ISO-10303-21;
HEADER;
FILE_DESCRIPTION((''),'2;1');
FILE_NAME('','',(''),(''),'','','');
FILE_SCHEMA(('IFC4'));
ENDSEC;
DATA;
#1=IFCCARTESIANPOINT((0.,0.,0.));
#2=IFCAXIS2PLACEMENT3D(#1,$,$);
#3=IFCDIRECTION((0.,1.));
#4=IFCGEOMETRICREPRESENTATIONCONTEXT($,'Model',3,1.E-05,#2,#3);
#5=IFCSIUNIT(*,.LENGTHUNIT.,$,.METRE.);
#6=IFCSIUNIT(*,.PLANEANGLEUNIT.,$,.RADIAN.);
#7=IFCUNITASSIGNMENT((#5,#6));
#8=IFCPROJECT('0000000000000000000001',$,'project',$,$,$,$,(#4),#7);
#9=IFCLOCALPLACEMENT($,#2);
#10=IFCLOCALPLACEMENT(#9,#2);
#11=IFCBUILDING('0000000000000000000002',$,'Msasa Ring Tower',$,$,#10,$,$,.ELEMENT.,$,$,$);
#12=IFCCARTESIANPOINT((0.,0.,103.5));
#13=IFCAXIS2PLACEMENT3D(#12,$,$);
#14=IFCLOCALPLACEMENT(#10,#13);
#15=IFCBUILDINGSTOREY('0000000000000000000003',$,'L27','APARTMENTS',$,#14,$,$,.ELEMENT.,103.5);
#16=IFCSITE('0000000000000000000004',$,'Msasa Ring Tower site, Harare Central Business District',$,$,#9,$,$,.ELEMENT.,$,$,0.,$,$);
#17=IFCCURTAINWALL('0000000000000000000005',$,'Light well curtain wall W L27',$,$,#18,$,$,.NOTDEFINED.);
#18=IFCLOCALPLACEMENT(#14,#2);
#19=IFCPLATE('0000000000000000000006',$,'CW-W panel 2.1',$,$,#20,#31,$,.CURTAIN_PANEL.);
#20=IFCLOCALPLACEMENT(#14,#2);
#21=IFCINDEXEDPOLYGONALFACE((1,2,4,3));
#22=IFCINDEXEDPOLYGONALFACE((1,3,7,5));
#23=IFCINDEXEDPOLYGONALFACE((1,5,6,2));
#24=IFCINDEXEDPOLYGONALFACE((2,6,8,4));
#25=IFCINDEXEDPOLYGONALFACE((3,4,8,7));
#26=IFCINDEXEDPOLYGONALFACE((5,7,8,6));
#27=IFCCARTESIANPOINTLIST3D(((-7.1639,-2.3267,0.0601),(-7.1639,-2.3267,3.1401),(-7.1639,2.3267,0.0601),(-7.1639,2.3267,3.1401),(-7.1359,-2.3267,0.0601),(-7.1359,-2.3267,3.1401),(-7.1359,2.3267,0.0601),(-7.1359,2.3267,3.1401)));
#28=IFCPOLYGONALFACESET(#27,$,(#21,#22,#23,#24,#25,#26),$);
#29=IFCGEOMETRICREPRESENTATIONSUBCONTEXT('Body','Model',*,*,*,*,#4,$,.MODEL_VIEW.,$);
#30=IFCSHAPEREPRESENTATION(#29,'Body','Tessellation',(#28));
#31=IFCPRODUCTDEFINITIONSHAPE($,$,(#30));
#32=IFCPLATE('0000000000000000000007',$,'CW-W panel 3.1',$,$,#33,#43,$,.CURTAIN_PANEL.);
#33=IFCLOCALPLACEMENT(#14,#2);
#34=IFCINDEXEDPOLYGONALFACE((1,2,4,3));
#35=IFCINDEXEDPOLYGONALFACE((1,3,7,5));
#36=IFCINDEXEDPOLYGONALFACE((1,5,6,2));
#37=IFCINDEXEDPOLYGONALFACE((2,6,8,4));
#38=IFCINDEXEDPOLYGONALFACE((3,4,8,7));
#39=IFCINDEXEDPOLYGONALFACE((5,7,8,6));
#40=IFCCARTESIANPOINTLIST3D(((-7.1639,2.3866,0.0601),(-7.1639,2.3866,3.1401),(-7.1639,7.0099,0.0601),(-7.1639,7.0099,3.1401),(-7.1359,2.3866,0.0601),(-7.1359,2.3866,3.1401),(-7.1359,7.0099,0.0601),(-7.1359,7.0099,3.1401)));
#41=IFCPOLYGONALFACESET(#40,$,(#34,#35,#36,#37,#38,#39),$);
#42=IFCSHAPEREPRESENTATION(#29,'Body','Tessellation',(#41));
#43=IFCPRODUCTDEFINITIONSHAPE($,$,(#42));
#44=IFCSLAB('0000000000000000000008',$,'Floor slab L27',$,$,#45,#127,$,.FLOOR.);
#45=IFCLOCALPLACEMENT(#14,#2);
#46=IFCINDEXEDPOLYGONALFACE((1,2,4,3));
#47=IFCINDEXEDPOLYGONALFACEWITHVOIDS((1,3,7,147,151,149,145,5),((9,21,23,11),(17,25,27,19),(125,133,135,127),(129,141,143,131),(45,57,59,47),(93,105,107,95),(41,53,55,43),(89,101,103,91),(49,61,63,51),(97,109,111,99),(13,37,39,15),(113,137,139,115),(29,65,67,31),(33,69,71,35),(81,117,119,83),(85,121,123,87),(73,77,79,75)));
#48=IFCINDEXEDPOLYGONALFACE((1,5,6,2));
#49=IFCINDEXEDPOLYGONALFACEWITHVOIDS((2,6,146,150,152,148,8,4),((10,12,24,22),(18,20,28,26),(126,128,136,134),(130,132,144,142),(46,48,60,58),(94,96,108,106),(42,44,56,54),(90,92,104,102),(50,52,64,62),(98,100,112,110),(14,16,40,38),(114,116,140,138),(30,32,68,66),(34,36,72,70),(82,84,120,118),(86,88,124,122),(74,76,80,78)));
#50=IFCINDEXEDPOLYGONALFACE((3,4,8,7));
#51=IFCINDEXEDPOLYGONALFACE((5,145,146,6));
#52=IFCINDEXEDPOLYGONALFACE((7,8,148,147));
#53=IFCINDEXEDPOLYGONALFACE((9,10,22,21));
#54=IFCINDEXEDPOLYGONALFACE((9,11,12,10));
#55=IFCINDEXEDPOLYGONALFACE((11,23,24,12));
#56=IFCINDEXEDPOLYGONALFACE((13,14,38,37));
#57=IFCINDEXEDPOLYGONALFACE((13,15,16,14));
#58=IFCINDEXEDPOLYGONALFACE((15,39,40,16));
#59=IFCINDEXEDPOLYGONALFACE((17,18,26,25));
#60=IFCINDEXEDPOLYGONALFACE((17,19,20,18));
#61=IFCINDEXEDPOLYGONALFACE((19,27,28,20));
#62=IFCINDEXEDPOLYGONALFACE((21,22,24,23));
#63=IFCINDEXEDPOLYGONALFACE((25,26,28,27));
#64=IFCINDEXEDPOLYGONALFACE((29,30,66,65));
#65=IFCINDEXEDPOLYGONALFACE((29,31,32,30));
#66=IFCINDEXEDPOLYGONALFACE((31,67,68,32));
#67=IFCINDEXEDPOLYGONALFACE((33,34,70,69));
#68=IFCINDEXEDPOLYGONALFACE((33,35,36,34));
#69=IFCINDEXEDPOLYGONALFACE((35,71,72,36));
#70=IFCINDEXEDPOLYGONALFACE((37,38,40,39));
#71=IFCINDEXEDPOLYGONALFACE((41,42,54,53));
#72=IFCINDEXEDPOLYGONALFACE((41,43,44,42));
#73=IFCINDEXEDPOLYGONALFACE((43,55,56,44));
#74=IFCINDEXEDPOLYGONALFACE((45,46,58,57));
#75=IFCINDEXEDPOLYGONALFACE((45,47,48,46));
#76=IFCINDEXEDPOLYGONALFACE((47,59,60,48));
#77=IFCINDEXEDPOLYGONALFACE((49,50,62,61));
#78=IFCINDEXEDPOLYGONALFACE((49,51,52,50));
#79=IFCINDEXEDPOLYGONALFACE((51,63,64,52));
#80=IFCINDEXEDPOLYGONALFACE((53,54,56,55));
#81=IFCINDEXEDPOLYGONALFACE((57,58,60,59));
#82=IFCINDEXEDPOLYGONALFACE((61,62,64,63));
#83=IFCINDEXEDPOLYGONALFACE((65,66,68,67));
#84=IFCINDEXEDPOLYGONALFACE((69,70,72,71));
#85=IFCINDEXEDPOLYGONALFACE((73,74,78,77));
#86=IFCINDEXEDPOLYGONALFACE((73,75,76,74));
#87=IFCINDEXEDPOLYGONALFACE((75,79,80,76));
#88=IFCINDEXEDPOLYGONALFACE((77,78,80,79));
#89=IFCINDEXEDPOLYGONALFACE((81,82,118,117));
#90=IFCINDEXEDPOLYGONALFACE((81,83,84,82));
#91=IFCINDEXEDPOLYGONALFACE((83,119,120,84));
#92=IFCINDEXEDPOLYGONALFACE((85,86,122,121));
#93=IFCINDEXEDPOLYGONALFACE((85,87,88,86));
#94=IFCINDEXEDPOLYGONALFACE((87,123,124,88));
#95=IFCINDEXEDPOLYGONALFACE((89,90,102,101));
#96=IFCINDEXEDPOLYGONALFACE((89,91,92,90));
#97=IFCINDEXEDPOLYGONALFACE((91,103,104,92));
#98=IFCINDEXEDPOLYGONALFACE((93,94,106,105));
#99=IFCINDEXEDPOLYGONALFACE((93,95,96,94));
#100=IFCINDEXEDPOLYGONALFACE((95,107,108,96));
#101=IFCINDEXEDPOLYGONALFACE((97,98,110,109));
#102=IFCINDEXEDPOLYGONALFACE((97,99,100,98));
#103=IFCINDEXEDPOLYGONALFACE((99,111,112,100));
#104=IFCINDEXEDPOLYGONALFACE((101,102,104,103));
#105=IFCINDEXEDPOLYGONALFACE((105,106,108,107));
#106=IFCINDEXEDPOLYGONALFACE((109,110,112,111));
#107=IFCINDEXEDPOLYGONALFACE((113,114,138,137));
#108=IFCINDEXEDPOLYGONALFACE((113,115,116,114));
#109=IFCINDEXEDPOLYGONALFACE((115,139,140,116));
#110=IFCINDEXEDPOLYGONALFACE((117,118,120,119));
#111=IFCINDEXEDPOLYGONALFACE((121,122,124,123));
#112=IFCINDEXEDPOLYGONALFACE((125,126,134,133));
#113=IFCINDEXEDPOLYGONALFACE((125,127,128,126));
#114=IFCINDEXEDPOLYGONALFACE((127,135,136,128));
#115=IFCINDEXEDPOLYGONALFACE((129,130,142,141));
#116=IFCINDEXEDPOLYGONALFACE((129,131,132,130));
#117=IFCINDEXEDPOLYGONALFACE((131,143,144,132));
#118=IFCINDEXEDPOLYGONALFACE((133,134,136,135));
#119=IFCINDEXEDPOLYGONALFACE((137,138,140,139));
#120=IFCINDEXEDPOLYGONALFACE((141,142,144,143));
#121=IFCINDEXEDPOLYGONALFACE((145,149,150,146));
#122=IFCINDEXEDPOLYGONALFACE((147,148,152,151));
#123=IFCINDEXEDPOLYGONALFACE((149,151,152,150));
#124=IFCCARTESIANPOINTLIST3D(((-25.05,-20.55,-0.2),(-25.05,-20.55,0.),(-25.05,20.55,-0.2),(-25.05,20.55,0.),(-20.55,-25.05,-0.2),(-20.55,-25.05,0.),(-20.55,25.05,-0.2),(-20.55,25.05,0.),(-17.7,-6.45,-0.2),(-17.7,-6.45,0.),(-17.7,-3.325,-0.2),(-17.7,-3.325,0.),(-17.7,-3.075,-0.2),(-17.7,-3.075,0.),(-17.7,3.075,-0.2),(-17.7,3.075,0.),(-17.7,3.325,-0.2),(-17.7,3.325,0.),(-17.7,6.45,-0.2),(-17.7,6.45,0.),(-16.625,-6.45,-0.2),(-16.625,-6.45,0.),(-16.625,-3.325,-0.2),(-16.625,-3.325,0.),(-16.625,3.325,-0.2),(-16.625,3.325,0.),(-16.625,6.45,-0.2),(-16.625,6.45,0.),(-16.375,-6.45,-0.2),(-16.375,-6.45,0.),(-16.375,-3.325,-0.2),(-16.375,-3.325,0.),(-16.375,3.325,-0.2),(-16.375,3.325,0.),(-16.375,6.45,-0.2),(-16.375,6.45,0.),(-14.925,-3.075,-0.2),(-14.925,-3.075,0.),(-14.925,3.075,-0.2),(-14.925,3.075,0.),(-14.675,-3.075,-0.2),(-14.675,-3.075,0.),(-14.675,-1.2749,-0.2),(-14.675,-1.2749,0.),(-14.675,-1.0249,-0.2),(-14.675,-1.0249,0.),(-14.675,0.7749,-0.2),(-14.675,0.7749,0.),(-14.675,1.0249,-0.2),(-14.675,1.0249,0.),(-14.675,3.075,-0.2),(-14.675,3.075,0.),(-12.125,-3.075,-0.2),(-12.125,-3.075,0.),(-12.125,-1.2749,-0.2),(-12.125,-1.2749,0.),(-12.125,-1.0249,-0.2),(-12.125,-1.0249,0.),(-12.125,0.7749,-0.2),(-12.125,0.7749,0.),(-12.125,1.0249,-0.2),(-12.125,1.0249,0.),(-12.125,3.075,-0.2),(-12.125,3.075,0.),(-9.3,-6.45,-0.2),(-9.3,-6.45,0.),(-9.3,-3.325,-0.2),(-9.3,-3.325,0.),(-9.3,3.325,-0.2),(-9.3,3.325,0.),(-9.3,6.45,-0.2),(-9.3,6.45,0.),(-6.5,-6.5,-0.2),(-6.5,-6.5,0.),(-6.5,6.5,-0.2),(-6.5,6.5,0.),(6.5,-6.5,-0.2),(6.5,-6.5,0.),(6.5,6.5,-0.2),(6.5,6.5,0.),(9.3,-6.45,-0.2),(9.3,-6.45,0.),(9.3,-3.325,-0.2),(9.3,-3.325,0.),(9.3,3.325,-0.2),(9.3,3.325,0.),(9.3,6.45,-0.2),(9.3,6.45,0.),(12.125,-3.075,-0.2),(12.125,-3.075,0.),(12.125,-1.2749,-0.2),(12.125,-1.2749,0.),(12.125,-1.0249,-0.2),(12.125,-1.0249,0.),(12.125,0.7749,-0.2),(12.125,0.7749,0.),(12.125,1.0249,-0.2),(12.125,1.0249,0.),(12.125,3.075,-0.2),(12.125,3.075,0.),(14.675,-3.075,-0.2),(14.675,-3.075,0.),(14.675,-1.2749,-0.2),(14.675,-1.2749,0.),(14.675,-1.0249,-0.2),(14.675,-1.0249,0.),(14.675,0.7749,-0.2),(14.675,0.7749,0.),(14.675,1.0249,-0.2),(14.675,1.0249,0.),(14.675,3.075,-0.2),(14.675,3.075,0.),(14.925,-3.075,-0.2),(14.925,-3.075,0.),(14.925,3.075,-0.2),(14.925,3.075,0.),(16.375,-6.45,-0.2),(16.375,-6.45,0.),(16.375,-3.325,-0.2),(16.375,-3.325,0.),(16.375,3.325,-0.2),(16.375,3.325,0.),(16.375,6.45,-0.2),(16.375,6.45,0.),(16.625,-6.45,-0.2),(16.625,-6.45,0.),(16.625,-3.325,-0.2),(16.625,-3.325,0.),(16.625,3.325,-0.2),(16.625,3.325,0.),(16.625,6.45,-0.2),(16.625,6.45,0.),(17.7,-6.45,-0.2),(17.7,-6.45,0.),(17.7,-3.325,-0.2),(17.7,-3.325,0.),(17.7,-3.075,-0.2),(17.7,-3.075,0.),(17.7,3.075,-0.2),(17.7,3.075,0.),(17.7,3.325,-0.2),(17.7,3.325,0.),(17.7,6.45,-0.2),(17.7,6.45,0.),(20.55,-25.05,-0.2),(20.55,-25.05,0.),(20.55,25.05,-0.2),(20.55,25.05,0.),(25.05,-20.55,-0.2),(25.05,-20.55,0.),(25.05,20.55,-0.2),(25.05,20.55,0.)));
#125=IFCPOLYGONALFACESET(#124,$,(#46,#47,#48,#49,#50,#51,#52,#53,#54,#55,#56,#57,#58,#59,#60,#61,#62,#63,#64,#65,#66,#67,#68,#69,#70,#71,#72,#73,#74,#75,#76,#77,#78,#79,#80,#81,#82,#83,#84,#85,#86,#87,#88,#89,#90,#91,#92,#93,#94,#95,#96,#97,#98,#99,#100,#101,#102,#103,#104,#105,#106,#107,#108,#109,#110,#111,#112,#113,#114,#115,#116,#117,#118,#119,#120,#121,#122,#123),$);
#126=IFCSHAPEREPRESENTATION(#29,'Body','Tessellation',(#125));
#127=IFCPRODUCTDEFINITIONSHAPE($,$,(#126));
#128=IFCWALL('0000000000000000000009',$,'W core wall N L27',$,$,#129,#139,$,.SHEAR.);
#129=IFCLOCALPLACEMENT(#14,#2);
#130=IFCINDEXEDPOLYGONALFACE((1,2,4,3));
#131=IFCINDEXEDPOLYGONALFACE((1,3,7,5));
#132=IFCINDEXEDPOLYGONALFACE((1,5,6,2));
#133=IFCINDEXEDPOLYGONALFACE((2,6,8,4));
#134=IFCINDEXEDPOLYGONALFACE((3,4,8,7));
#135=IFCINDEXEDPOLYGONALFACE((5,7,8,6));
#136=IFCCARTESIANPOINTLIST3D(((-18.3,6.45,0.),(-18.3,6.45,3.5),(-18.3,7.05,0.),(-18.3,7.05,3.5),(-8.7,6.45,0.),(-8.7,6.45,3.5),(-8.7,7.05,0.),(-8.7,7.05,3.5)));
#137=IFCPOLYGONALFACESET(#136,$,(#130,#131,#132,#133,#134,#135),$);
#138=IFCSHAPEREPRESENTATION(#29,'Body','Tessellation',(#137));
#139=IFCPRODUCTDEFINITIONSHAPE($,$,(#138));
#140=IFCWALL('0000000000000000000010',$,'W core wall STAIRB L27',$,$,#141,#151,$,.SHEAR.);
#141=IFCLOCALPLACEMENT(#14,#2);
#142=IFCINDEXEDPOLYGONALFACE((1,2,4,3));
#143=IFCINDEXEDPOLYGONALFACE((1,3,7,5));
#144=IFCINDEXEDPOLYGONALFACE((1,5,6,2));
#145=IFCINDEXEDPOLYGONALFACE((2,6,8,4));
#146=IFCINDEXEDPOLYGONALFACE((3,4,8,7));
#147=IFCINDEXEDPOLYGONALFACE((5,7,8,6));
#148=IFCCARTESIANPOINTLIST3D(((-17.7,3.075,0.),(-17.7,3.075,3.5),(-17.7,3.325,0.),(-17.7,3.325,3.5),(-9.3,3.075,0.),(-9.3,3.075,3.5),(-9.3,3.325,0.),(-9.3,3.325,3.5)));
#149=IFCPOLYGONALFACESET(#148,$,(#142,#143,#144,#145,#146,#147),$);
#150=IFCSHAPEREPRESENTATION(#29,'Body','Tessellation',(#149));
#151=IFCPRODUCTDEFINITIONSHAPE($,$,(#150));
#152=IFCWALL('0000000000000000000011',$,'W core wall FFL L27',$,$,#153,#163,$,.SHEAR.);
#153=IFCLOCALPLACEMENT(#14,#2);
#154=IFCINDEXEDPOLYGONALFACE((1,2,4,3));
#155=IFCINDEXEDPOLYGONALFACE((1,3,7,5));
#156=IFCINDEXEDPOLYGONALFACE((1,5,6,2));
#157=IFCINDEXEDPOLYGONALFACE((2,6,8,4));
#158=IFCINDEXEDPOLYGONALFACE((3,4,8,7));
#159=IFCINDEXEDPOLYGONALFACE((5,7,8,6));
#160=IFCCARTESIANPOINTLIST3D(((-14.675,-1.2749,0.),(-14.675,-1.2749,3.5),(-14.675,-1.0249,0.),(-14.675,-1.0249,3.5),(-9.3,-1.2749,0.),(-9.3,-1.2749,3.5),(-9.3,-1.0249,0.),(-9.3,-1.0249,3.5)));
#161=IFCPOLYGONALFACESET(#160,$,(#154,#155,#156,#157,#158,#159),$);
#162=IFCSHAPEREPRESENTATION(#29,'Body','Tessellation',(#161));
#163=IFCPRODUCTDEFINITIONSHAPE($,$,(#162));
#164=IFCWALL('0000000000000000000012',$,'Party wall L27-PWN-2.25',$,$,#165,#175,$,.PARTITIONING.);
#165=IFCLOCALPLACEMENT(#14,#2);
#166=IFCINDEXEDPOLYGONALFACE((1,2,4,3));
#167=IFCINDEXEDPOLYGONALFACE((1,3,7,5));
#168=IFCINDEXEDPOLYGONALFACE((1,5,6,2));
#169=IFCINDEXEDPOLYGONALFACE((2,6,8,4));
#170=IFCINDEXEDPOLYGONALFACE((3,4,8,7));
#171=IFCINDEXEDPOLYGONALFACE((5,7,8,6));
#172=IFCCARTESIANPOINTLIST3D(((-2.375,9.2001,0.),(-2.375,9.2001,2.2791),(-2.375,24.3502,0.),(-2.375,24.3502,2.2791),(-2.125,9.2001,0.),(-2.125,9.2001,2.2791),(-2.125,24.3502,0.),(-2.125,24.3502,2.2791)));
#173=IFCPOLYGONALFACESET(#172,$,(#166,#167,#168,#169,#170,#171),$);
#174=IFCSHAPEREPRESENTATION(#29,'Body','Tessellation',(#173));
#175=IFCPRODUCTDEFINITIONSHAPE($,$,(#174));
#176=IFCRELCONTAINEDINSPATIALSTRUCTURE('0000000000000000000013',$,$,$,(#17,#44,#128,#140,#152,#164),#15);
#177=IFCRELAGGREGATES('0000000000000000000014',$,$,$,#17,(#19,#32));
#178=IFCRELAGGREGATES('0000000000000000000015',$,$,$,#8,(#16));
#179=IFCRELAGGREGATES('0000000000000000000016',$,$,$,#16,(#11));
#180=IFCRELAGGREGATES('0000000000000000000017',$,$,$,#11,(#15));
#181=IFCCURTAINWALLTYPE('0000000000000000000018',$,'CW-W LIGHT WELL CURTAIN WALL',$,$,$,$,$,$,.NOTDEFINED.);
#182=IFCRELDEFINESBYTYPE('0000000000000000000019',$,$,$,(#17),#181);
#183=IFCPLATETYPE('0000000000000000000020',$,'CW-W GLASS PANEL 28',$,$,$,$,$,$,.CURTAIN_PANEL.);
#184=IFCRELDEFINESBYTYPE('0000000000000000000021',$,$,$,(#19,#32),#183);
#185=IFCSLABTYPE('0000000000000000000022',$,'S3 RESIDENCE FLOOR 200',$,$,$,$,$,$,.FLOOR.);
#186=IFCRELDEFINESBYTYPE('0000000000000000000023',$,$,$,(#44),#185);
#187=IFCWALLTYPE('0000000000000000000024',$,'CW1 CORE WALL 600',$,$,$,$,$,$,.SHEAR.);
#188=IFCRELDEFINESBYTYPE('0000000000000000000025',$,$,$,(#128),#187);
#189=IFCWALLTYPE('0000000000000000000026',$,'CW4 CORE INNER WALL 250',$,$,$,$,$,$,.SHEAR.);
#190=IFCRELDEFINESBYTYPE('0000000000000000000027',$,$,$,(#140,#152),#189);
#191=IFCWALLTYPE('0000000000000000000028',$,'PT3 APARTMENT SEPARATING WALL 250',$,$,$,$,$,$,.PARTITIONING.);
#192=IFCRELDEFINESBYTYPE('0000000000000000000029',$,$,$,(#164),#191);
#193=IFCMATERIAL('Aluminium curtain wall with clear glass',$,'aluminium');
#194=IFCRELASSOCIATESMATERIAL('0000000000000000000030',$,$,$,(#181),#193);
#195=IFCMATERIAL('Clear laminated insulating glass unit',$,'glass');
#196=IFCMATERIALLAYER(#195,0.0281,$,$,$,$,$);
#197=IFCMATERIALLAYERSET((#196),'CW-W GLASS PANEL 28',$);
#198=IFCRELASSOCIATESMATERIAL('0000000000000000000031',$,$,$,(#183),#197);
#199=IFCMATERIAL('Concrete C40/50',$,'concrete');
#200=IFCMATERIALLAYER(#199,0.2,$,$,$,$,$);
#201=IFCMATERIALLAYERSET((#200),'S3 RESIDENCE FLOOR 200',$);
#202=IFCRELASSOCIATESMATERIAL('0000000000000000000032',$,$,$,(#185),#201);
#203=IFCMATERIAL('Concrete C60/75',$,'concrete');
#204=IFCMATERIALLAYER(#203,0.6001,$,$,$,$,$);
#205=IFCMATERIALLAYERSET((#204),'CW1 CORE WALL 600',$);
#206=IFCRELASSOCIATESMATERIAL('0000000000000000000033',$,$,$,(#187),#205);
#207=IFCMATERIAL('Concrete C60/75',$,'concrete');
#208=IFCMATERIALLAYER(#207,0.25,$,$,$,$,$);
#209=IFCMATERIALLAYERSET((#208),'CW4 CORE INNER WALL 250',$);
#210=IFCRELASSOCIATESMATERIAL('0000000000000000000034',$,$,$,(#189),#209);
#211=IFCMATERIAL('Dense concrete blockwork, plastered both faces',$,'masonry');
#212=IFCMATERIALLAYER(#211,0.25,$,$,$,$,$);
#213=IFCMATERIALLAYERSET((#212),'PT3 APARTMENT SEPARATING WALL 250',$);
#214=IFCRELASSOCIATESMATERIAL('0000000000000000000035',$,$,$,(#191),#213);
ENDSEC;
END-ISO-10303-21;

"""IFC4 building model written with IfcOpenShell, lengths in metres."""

from ifc_helpers import new_model, si_unit, direction, frame, frame_2d, origin, origin_2d, place, context, subcontext, project, spatial, polyline, rectangle, outline, extrude, material, layer, layer_set, type_object, element, aggregate, save


model = new_model("IFC4")

# Units and contexts
model_context = context("Model", 3, precision=1e-05, world=origin(), true_north=direction((0.0, 1.0)))
body_context = subcontext(model_context, "Body", "Model", "MODEL_VIEW")
ifc_project = project(units=[si_unit("LENGTHUNIT", "METRE"), si_unit("PLANEANGLEUNIT", "RADIAN")], contexts=[model_context])

# Site, building, storey
site_placement = place(None, origin())
site = spatial("IfcSite", under=ifc_project, at=site_placement, Name="Msasa Ring Tower site, Harare Central Business District", CompositionType="ELEMENT", RefElevation=0.0)
building_placement = place(site_placement, origin())
building = spatial("IfcBuilding", under=site, at=building_placement, Name="Msasa Ring Tower", CompositionType="ELEMENT")
storey_placement = place(building_placement, frame((0.0, 0.0, 103.5)))
storey = spatial("IfcBuildingStorey", under=building, at=storey_placement, Name="L27", Description="APARTMENTS", CompositionType="ELEMENT", Elevation=103.5)

# Curtain wall
ifc_material_1 = material(Name="Aluminium curtain wall with clear glass", Category="aluminium")
curtain_wall_type = type_object("IfcCurtainWallType", Name="CW-W LIGHT WELL CURTAIN WALL", PredefinedType="NOTDEFINED", material=ifc_material_1)
curtain_wall_1_placement = place(storey_placement, origin())
curtain_wall_1 = element("IfcCurtainWall", 1, at=curtain_wall_1_placement, inside=storey, type_object=curtain_wall_type, Name="Light well curtain wall W L27", PredefinedType="NOTDEFINED")

# Plates
ifc_material_2 = material(Name="Clear laminated insulating glass unit", Category="glass")
ifc_layer_1 = layer(ifc_material_2, 0.0281)
ifc_layer_set_1 = layer_set([ifc_layer_1], Name="CW-W GLASS PANEL 28")
plate_type = type_object("IfcPlateType", Name="CW-W GLASS PANEL 28", PredefinedType="CURTAIN_PANEL", material=ifc_layer_set_1)
plate_1_placement = place(storey_placement, frame((-7.1499, 0.0, 0.0601), z_axis=(0.0, 0.0, 1.0), x_axis=(0.0, 1.0, 0.0)))
plate_1 = element("IfcPlate", 2, at=plate_1_placement, type_object=plate_type, Name="CW-W panel 2.1", PredefinedType="CURTAIN_PANEL", context=body_context, shape_type="SweptSolid", body=[
    extrude(rectangle(XDim=4.6533, YDim=0.0281, at=origin_2d()), origin(), (0.0, 0.0, 1.0), 3.0801),
])
plate_2_placement = place(storey_placement, frame((-7.1499, 4.6982, 0.0601), z_axis=(0.0, 0.0, 1.0), x_axis=(0.0, 1.0, 0.0)))
plate_2 = element("IfcPlate", 3, at=plate_2_placement, type_object=plate_type, Name="CW-W panel 3.1", PredefinedType="CURTAIN_PANEL", context=body_context, shape_type="SweptSolid", body=[
    extrude(rectangle(XDim=4.6233, YDim=0.0281, at=origin_2d()), origin(), (0.0, 0.0, 1.0), 3.0801),
])
aggregate(curtain_wall_1, [plate_1, plate_2])

# Slab
ifc_material_3 = material(Name="Concrete C40/50", Category="concrete")
ifc_layer_2 = layer(ifc_material_3, 0.2)
ifc_layer_set_2 = layer_set([ifc_layer_2], Name="S3 RESIDENCE FLOOR 200")
slab_type = type_object("IfcSlabType", Name="S3 RESIDENCE FLOOR 200", PredefinedType="FLOOR", material=ifc_layer_set_2)
slab_placement = place(storey_placement, frame((0.0, 0.0, -0.2)))
element("IfcSlab", 4, at=slab_placement, inside=storey, type_object=slab_type, Name="Floor slab L27", PredefinedType="FLOOR", context=body_context, shape_type="SweptSolid", body=[
    extrude(outline(polyline([(-20.55, -25.05), (20.55, -25.05), (25.05, -20.55), (25.05, 20.55), (20.55, 25.05), (-20.55, 25.05), (-25.05, 20.55), (-25.05, -20.55), (-20.55, -25.05)]), holes=[polyline([(-6.5, -6.5), (6.5, -6.5), (6.5, 6.5), (-6.5, 6.5), (-6.5, -6.5)]), polyline([(9.3, -6.45), (16.375, -6.45), (16.375, -3.325), (9.3, -3.325), (9.3, -6.45)]), polyline([(9.3, 3.325), (16.375, 3.325), (16.375, 6.45), (9.3, 6.45), (9.3, 3.325)]), polyline([(12.125, -3.075), (14.675, -3.075), (14.675, -1.2749), (12.125, -1.2749), (12.125, -3.075)]), polyline([(12.125, -1.0249), (14.675, -1.0249), (14.675, 0.7749), (12.125, 0.7749), (12.125, -1.0249)]), polyline([(12.125, 1.0249), (14.675, 1.0249), (14.675, 3.075), (12.125, 3.075), (12.125, 1.0249)]), polyline([(16.625, -6.45), (17.7, -6.45), (17.7, -3.325), (16.625, -3.325), (16.625, -6.45)]), polyline([(16.625, 3.325), (17.7, 3.325), (17.7, 6.45), (16.625, 6.45), (16.625, 3.325)]), polyline([(14.925, -3.075), (17.7, -3.075), (17.7, 3.075), (14.925, 3.075), (14.925, -3.075)]), polyline([(-16.375, -6.45), (-9.3, -6.45), (-9.3, -3.325), (-16.375, -3.325), (-16.375, -6.45)]), polyline([(-16.375, 3.325), (-9.3, 3.325), (-9.3, 6.45), (-16.375, 6.45), (-16.375, 3.325)]), polyline([(-14.675, -3.075), (-12.125, -3.075), (-12.125, -1.2749), (-14.675, -1.2749), (-14.675, -3.075)]), polyline([(-14.675, -1.0249), (-12.125, -1.0249), (-12.125, 0.7749), (-14.675, 0.7749), (-14.675, -1.0249)]), polyline([(-14.675, 1.0249), (-12.125, 1.0249), (-12.125, 3.075), (-14.675, 3.075), (-14.675, 1.0249)]), polyline([(-17.7, -6.45), (-16.625, -6.45), (-16.625, -3.325), (-17.7, -3.325), (-17.7, -6.45)]), polyline([(-17.7, 3.325), (-16.625, 3.325), (-16.625, 6.45), (-17.7, 6.45), (-17.7, 3.325)]), polyline([(-17.7, -3.075), (-14.925, -3.075), (-14.925, 3.075), (-17.7, 3.075), (-17.7, -3.075)])]), origin(), (0.0, 0.0, 1.0), 0.2),
])

# Walls
ifc_material_4 = material(Name="Concrete C60/75", Category="concrete")
ifc_layer_3 = layer(ifc_material_4, 0.6001)
ifc_layer_set_3 = layer_set([ifc_layer_3], Name="CW1 CORE WALL 600")
wall_type_1 = type_object("IfcWallType", Name="CW1 CORE WALL 600", PredefinedType="SHEAR", material=ifc_layer_set_3)
wall_1_placement = place(storey_placement, frame((-8.7, 6.75, 0.0), z_axis=(0.0, 0.0, 1.0), x_axis=(-1.0, 0.0, 0.0)))
element("IfcWall", 5, at=wall_1_placement, inside=storey, type_object=wall_type_1, Name="W core wall N L27", PredefinedType="SHEAR", context=body_context, shape_type="SweptSolid", body=[
    extrude(rectangle(XDim=9.6001, YDim=0.6001, at=frame_2d((4.8, 0.0))), origin(), (0.0, 0.0, 1.0), 3.5),
])
ifc_material_5 = material(Name="Concrete C60/75", Category="concrete")
ifc_layer_4 = layer(ifc_material_5, 0.25)
ifc_layer_set_4 = layer_set([ifc_layer_4], Name="CW4 CORE INNER WALL 250")
wall_type_2 = type_object("IfcWallType", Name="CW4 CORE INNER WALL 250", PredefinedType="SHEAR", material=ifc_layer_set_4)
wall_2_placement = place(storey_placement, frame((-9.3, 3.2, 0.0), z_axis=(0.0, 0.0, 1.0), x_axis=(-1.0, 0.0, 0.0)))
element("IfcWall", 6, at=wall_2_placement, inside=storey, type_object=wall_type_2, Name="W core wall STAIRB L27", PredefinedType="SHEAR", context=body_context, shape_type="SweptSolid", body=[
    extrude(rectangle(XDim=8.3999, YDim=0.25, at=frame_2d((4.2, 0.0))), origin(), (0.0, 0.0, 1.0), 3.5),
])
wall_3_placement = place(storey_placement, frame((-9.3, -1.1499, 0.0), z_axis=(0.0, 0.0, 1.0), x_axis=(-1.0, 0.0, 0.0)))
element("IfcWall", 7, at=wall_3_placement, inside=storey, type_object=wall_type_2, Name="W core wall FFL L27", PredefinedType="SHEAR", context=body_context, shape_type="SweptSolid", body=[
    extrude(rectangle(XDim=5.375, YDim=0.25, at=frame_2d((2.6875, 0.0))), origin(), (0.0, 0.0, 1.0), 3.5),
])
ifc_material_6 = material(Name="Dense concrete blockwork, plastered both faces", Category="masonry")
ifc_layer_5 = layer(ifc_material_6, 0.25)
ifc_layer_set_5 = layer_set([ifc_layer_5], Name="PT3 APARTMENT SEPARATING WALL 250")
wall_type_3 = type_object("IfcWallType", Name="PT3 APARTMENT SEPARATING WALL 250", PredefinedType="PARTITIONING", material=ifc_layer_set_5)
wall_4_placement = place(storey_placement, frame((-2.25, 9.2, 0.0), z_axis=(0.0, 0.0, 1.0), x_axis=(0.0, 1.0, 0.0)))
element("IfcWall", 8, at=wall_4_placement, inside=storey, type_object=wall_type_3, Name="Party wall L27-PWN-2.25", PredefinedType="PARTITIONING", context=body_context, shape_type="SweptSolid", body=[
    extrude(rectangle(XDim=15.1501, YDim=0.25, at=frame_2d((7.5752, 0.0))), origin(), (0.0, 0.0, 1.0), 2.2791),
])

save(model, "model.ifc")
